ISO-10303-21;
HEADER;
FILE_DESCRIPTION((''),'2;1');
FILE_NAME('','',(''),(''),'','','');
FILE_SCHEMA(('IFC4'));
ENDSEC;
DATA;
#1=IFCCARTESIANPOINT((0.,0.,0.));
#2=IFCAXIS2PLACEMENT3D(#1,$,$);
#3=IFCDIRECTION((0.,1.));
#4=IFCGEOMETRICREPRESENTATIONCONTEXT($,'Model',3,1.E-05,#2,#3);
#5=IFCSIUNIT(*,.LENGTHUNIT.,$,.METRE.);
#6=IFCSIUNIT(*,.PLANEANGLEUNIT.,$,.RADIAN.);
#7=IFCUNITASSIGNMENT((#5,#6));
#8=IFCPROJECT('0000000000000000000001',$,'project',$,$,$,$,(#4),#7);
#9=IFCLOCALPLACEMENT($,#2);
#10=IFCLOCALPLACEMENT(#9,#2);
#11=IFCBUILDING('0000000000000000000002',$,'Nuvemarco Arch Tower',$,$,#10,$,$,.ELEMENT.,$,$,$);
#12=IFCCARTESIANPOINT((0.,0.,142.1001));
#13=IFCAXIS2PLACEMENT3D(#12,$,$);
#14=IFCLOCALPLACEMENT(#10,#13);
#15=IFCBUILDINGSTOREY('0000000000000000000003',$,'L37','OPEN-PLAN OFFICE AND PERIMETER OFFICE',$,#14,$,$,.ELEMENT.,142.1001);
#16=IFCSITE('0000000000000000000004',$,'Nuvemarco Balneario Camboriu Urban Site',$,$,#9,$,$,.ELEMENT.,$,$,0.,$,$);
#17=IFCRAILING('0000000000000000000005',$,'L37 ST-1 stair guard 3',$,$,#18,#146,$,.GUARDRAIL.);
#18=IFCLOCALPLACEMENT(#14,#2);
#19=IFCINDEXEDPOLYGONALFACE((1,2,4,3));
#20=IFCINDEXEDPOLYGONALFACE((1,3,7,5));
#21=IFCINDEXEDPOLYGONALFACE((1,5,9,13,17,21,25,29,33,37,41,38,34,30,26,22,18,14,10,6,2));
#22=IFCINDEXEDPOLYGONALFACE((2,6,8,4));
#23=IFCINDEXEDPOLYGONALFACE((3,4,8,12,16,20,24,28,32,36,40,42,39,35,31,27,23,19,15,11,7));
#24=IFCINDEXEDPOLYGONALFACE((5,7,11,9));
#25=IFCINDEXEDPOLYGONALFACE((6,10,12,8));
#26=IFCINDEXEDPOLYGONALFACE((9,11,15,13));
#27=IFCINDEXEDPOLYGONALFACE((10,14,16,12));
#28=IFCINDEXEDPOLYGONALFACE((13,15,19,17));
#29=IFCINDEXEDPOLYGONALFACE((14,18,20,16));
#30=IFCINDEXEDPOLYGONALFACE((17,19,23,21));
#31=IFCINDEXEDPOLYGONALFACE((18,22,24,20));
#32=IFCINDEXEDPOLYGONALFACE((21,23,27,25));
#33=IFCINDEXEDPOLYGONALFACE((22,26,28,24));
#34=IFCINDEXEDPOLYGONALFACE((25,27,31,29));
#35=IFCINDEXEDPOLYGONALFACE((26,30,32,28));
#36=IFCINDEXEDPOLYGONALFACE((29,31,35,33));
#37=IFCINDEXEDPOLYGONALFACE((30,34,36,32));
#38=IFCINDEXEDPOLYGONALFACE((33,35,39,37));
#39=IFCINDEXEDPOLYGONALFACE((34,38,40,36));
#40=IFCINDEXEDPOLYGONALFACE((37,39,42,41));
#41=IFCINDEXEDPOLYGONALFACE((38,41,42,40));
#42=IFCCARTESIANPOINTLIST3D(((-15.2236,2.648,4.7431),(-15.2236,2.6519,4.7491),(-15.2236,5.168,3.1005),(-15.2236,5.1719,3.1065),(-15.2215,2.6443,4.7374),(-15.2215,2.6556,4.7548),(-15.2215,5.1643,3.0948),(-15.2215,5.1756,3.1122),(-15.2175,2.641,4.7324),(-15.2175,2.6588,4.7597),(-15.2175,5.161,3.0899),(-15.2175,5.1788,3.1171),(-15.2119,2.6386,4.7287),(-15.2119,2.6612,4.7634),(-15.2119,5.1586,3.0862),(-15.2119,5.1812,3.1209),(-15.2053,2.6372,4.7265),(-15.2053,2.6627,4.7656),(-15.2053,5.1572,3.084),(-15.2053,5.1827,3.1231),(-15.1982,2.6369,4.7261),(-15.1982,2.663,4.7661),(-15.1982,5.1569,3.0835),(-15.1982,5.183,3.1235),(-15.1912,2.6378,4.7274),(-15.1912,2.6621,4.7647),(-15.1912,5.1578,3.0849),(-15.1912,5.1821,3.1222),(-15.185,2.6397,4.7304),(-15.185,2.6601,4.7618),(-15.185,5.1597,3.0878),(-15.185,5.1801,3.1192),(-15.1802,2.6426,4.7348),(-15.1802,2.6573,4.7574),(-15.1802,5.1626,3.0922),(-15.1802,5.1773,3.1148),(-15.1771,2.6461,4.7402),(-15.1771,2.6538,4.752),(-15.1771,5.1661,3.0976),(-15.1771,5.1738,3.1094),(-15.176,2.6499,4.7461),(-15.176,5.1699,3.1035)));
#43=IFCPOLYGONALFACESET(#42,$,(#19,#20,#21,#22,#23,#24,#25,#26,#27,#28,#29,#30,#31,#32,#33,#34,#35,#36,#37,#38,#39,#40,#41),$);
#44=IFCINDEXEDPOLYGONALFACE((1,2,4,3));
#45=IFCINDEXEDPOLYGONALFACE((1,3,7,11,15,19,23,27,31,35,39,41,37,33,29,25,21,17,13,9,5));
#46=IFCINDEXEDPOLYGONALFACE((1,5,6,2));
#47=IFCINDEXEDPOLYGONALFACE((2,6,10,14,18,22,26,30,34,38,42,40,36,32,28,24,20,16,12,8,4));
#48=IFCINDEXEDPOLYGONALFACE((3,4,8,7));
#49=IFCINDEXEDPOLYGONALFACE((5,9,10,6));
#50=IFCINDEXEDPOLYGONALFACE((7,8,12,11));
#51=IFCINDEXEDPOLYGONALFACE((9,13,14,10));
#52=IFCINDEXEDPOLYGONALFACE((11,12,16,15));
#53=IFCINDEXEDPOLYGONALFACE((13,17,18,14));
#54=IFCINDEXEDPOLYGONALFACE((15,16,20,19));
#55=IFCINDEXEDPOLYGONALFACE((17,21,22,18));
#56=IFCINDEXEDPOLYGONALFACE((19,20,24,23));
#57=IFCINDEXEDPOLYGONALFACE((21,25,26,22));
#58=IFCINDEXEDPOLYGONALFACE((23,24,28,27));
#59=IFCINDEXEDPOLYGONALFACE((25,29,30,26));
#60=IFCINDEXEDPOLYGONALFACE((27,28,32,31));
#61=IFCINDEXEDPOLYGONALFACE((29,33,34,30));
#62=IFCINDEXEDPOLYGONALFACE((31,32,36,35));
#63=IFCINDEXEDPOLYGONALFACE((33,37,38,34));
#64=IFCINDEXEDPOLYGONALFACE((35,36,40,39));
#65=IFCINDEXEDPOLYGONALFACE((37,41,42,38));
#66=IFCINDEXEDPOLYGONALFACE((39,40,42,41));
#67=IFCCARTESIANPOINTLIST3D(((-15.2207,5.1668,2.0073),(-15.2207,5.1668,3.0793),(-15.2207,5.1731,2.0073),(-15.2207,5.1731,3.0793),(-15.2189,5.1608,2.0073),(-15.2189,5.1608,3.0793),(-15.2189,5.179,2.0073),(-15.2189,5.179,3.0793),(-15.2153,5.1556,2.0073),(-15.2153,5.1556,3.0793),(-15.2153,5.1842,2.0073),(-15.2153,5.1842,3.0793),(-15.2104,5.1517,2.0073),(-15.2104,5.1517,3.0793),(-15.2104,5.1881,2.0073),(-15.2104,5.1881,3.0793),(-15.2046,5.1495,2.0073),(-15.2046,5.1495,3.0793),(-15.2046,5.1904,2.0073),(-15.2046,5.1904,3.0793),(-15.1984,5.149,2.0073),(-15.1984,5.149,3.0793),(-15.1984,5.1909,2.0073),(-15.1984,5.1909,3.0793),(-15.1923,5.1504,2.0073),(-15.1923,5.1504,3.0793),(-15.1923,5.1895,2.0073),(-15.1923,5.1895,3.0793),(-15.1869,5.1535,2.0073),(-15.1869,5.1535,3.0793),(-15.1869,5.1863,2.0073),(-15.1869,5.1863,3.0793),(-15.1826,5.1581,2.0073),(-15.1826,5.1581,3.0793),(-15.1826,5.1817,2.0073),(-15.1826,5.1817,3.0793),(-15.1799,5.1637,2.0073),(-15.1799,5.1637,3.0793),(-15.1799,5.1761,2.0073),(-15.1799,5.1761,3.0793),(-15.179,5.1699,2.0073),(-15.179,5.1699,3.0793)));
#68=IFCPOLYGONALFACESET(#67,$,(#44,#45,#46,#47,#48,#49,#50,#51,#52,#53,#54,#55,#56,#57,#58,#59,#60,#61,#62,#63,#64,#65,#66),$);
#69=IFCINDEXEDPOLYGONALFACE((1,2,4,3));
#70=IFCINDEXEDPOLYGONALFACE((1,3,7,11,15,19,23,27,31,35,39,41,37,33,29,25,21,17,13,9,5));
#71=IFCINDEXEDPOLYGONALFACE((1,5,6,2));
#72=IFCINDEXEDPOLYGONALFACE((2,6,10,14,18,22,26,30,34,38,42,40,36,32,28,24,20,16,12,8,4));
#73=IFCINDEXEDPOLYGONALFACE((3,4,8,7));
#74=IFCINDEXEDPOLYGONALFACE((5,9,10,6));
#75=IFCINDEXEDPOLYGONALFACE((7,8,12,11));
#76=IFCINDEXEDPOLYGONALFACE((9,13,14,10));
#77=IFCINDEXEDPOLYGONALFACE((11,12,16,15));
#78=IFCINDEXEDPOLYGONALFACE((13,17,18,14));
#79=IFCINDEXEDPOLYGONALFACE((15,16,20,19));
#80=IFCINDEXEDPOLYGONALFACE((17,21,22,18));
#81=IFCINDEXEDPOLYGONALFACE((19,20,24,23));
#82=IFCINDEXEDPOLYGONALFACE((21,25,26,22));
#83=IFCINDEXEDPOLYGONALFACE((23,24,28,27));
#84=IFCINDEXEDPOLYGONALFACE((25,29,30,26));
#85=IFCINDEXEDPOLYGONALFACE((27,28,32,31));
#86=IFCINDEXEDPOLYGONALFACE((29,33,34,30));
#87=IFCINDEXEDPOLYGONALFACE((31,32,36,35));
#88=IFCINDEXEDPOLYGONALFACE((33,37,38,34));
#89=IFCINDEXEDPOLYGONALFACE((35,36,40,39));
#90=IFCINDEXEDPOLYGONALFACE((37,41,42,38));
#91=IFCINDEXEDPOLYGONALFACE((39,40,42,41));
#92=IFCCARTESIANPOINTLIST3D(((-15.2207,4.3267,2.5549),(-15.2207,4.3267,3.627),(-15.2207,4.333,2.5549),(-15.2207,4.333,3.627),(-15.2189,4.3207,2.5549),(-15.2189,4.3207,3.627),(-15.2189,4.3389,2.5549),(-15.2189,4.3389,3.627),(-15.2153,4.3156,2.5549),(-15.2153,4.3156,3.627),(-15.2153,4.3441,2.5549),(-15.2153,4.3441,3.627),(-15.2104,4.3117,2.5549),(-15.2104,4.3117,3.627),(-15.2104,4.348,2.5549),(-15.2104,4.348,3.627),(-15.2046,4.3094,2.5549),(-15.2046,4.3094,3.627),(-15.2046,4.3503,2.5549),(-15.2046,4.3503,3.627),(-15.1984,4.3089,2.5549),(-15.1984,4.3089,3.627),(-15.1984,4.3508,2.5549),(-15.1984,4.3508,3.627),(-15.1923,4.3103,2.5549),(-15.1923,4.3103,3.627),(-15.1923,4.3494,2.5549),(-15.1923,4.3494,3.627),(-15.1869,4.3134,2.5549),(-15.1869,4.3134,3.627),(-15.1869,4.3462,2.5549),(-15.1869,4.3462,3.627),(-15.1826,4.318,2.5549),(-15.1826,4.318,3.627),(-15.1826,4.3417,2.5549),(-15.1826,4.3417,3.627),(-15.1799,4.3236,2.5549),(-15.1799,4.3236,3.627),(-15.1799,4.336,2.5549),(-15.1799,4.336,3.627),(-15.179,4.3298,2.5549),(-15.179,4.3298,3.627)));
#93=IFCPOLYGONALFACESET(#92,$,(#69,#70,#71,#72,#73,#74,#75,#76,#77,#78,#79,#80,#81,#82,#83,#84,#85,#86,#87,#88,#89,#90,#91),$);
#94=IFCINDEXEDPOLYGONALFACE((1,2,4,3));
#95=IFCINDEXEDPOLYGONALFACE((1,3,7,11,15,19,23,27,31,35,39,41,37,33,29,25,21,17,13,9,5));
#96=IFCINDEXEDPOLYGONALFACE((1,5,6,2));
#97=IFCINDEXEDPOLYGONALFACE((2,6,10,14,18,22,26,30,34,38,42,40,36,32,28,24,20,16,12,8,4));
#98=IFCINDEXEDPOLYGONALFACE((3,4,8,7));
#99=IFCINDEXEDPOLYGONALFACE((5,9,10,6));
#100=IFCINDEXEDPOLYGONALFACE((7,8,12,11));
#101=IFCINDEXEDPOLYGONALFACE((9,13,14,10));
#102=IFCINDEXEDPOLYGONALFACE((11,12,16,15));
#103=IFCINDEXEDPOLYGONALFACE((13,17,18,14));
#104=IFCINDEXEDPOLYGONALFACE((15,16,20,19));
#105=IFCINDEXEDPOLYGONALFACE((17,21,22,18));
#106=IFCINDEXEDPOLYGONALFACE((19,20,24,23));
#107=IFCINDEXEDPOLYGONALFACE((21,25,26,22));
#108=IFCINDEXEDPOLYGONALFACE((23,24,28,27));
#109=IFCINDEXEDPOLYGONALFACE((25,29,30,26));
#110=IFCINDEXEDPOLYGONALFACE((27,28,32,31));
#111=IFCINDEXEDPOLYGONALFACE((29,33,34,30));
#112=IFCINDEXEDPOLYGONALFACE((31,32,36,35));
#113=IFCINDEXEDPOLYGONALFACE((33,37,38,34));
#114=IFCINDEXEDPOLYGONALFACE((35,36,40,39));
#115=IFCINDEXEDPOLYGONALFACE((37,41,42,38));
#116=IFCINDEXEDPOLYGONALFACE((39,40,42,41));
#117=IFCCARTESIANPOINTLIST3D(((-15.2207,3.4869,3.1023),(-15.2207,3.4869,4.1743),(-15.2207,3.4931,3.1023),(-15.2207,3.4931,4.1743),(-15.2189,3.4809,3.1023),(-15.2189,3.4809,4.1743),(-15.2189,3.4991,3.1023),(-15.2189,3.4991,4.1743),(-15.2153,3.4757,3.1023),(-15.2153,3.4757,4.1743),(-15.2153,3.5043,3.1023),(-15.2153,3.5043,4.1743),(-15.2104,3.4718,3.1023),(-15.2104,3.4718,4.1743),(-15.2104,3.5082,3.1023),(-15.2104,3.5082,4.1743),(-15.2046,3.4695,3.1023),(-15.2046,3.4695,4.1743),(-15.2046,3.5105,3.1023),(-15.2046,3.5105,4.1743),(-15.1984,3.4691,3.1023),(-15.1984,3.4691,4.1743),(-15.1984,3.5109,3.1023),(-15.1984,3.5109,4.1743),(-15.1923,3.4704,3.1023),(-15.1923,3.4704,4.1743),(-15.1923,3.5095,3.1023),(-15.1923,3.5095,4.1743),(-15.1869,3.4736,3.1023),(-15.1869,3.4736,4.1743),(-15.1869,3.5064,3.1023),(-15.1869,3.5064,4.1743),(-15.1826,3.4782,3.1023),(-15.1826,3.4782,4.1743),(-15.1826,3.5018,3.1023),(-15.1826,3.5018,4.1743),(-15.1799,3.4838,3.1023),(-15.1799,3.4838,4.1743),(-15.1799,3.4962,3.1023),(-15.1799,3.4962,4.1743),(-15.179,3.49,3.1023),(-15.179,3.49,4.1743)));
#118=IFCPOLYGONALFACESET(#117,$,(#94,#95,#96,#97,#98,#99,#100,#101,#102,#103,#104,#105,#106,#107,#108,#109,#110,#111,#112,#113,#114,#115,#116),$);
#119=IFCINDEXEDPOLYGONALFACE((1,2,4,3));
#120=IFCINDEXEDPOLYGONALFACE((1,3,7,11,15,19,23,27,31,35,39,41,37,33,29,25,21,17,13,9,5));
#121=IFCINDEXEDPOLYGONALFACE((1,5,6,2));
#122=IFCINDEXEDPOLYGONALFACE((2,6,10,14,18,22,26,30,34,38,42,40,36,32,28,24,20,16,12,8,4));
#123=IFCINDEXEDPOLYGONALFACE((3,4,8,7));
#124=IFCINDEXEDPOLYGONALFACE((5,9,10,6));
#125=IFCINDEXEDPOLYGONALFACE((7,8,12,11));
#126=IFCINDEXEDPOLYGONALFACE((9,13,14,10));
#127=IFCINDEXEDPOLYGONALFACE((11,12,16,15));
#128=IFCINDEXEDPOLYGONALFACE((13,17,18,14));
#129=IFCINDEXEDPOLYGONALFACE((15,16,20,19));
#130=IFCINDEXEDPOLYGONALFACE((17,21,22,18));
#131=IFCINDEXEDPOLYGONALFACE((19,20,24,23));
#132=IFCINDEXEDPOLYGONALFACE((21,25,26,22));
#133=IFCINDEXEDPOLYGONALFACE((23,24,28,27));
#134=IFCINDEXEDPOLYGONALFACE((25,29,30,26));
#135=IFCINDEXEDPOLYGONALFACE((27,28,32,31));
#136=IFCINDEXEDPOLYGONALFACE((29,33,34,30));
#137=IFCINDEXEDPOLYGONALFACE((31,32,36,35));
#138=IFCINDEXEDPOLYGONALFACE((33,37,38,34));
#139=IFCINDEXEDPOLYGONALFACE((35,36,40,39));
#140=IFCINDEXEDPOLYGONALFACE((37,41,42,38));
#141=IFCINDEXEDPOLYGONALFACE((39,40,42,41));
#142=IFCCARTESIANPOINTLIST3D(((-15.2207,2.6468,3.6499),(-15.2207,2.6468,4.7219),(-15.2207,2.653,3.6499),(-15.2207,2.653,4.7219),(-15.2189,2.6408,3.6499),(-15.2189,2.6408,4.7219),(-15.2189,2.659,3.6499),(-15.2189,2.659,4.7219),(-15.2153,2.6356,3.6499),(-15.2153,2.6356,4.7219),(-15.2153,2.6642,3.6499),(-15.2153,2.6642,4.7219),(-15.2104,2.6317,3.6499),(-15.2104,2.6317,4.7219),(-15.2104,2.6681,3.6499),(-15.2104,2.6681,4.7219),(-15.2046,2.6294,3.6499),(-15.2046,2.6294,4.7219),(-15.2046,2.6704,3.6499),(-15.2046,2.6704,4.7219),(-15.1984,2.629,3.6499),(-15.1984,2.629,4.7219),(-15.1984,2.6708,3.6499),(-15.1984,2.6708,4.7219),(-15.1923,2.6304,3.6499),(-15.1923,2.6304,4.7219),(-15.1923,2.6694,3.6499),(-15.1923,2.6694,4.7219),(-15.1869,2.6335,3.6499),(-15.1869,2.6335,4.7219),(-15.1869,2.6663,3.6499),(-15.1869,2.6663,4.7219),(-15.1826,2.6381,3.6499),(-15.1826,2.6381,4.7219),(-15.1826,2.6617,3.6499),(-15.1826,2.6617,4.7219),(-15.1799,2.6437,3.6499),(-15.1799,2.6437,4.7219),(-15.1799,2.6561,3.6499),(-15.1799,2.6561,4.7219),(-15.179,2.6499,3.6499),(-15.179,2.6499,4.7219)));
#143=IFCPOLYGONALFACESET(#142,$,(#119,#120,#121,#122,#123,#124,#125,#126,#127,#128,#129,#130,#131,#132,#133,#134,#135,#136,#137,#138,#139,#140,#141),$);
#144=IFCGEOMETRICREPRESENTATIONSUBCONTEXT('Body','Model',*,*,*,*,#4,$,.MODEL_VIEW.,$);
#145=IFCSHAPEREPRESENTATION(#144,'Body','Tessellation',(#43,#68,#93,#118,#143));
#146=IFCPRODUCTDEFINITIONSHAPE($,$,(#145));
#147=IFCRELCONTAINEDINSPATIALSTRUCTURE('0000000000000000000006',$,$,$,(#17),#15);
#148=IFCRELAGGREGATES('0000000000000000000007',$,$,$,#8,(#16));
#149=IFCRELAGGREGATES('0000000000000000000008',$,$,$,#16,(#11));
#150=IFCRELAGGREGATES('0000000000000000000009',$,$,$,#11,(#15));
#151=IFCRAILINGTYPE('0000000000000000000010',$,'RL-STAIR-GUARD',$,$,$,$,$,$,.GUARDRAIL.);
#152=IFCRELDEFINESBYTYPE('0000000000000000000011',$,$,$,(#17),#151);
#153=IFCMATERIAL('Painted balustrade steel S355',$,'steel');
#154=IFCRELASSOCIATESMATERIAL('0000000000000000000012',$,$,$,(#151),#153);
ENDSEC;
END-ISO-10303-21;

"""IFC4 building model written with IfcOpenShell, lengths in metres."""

from ifc_helpers import new_model, si_unit, direction, frame, origin, origin_2d, place, context, subcontext, project, spatial, circle, extrude, material, type_object, element, save


model = new_model("IFC4")

# Units and contexts
model_context = context("Model", 3, precision=1e-05, world=origin(), true_north=direction((0.0, 1.0)))
body_context = subcontext(model_context, "Body", "Model", "MODEL_VIEW")
ifc_project = project(units=[si_unit("LENGTHUNIT", "METRE"), si_unit("PLANEANGLEUNIT", "RADIAN")], contexts=[model_context])

# Site, building, storey
site_placement = place(None, origin())
site = spatial("IfcSite", under=ifc_project, at=site_placement, Name="Nuvemarco Balneario Camboriu Urban Site", CompositionType="ELEMENT", RefElevation=0.0)
building_placement = place(site_placement, origin())
building = spatial("IfcBuilding", under=site, at=building_placement, Name="Nuvemarco Arch Tower", CompositionType="ELEMENT")
storey_placement = place(building_placement, frame((0.0, 0.0, 142.1001)))
storey = spatial("IfcBuildingStorey", under=building, at=storey_placement, Name="L37", Description="OPEN-PLAN OFFICE AND PERIMETER OFFICE", CompositionType="ELEMENT", Elevation=142.1001)

# Railing
ifc_material_1 = material(Name="Painted balustrade steel S355", Category="steel")
railing_type_1 = type_object("IfcRailingType", Name="RL-STAIR-GUARD", PredefinedType="GUARDRAIL", material=ifc_material_1)
railing_1_placement = place(storey_placement, frame((-15.2, 5.1699, 2.0073)))
element("IfcRailing", 1, at=railing_1_placement, inside=storey, type_object=railing_type_1, Name="L37 ST-1 stair guard 3", PredefinedType="GUARDRAIL", context=body_context, shape_type="SweptSolid", body=[
    extrude(circle(Radius=0.0239, at=origin_2d()), frame((0.0, 0.0, 1.0962), z_axis=(0.0, -0.837749, 0.546055), x_axis=(1.0, 0.0, 0.0)), (0.0, 0.0, 1.0), 3.0081),
    extrude(circle(Radius=0.021, at=origin_2d()), origin(), (0.0, 0.0, 1.0), 1.072),
    extrude(circle(Radius=0.021, at=origin_2d()), frame((0.0, -0.8401, 0.5476)), (0.0, 0.0, 1.0), 1.072),
    extrude(circle(Radius=0.021, at=origin_2d()), frame((0.0, -1.6799, 1.095)), (0.0, 0.0, 1.0), 1.072),
    extrude(circle(Radius=0.021, at=origin_2d()), frame((0.0, -2.52, 1.6426)), (0.0, 0.0, 1.0), 1.072),
])

save(model, "model.ifc")
